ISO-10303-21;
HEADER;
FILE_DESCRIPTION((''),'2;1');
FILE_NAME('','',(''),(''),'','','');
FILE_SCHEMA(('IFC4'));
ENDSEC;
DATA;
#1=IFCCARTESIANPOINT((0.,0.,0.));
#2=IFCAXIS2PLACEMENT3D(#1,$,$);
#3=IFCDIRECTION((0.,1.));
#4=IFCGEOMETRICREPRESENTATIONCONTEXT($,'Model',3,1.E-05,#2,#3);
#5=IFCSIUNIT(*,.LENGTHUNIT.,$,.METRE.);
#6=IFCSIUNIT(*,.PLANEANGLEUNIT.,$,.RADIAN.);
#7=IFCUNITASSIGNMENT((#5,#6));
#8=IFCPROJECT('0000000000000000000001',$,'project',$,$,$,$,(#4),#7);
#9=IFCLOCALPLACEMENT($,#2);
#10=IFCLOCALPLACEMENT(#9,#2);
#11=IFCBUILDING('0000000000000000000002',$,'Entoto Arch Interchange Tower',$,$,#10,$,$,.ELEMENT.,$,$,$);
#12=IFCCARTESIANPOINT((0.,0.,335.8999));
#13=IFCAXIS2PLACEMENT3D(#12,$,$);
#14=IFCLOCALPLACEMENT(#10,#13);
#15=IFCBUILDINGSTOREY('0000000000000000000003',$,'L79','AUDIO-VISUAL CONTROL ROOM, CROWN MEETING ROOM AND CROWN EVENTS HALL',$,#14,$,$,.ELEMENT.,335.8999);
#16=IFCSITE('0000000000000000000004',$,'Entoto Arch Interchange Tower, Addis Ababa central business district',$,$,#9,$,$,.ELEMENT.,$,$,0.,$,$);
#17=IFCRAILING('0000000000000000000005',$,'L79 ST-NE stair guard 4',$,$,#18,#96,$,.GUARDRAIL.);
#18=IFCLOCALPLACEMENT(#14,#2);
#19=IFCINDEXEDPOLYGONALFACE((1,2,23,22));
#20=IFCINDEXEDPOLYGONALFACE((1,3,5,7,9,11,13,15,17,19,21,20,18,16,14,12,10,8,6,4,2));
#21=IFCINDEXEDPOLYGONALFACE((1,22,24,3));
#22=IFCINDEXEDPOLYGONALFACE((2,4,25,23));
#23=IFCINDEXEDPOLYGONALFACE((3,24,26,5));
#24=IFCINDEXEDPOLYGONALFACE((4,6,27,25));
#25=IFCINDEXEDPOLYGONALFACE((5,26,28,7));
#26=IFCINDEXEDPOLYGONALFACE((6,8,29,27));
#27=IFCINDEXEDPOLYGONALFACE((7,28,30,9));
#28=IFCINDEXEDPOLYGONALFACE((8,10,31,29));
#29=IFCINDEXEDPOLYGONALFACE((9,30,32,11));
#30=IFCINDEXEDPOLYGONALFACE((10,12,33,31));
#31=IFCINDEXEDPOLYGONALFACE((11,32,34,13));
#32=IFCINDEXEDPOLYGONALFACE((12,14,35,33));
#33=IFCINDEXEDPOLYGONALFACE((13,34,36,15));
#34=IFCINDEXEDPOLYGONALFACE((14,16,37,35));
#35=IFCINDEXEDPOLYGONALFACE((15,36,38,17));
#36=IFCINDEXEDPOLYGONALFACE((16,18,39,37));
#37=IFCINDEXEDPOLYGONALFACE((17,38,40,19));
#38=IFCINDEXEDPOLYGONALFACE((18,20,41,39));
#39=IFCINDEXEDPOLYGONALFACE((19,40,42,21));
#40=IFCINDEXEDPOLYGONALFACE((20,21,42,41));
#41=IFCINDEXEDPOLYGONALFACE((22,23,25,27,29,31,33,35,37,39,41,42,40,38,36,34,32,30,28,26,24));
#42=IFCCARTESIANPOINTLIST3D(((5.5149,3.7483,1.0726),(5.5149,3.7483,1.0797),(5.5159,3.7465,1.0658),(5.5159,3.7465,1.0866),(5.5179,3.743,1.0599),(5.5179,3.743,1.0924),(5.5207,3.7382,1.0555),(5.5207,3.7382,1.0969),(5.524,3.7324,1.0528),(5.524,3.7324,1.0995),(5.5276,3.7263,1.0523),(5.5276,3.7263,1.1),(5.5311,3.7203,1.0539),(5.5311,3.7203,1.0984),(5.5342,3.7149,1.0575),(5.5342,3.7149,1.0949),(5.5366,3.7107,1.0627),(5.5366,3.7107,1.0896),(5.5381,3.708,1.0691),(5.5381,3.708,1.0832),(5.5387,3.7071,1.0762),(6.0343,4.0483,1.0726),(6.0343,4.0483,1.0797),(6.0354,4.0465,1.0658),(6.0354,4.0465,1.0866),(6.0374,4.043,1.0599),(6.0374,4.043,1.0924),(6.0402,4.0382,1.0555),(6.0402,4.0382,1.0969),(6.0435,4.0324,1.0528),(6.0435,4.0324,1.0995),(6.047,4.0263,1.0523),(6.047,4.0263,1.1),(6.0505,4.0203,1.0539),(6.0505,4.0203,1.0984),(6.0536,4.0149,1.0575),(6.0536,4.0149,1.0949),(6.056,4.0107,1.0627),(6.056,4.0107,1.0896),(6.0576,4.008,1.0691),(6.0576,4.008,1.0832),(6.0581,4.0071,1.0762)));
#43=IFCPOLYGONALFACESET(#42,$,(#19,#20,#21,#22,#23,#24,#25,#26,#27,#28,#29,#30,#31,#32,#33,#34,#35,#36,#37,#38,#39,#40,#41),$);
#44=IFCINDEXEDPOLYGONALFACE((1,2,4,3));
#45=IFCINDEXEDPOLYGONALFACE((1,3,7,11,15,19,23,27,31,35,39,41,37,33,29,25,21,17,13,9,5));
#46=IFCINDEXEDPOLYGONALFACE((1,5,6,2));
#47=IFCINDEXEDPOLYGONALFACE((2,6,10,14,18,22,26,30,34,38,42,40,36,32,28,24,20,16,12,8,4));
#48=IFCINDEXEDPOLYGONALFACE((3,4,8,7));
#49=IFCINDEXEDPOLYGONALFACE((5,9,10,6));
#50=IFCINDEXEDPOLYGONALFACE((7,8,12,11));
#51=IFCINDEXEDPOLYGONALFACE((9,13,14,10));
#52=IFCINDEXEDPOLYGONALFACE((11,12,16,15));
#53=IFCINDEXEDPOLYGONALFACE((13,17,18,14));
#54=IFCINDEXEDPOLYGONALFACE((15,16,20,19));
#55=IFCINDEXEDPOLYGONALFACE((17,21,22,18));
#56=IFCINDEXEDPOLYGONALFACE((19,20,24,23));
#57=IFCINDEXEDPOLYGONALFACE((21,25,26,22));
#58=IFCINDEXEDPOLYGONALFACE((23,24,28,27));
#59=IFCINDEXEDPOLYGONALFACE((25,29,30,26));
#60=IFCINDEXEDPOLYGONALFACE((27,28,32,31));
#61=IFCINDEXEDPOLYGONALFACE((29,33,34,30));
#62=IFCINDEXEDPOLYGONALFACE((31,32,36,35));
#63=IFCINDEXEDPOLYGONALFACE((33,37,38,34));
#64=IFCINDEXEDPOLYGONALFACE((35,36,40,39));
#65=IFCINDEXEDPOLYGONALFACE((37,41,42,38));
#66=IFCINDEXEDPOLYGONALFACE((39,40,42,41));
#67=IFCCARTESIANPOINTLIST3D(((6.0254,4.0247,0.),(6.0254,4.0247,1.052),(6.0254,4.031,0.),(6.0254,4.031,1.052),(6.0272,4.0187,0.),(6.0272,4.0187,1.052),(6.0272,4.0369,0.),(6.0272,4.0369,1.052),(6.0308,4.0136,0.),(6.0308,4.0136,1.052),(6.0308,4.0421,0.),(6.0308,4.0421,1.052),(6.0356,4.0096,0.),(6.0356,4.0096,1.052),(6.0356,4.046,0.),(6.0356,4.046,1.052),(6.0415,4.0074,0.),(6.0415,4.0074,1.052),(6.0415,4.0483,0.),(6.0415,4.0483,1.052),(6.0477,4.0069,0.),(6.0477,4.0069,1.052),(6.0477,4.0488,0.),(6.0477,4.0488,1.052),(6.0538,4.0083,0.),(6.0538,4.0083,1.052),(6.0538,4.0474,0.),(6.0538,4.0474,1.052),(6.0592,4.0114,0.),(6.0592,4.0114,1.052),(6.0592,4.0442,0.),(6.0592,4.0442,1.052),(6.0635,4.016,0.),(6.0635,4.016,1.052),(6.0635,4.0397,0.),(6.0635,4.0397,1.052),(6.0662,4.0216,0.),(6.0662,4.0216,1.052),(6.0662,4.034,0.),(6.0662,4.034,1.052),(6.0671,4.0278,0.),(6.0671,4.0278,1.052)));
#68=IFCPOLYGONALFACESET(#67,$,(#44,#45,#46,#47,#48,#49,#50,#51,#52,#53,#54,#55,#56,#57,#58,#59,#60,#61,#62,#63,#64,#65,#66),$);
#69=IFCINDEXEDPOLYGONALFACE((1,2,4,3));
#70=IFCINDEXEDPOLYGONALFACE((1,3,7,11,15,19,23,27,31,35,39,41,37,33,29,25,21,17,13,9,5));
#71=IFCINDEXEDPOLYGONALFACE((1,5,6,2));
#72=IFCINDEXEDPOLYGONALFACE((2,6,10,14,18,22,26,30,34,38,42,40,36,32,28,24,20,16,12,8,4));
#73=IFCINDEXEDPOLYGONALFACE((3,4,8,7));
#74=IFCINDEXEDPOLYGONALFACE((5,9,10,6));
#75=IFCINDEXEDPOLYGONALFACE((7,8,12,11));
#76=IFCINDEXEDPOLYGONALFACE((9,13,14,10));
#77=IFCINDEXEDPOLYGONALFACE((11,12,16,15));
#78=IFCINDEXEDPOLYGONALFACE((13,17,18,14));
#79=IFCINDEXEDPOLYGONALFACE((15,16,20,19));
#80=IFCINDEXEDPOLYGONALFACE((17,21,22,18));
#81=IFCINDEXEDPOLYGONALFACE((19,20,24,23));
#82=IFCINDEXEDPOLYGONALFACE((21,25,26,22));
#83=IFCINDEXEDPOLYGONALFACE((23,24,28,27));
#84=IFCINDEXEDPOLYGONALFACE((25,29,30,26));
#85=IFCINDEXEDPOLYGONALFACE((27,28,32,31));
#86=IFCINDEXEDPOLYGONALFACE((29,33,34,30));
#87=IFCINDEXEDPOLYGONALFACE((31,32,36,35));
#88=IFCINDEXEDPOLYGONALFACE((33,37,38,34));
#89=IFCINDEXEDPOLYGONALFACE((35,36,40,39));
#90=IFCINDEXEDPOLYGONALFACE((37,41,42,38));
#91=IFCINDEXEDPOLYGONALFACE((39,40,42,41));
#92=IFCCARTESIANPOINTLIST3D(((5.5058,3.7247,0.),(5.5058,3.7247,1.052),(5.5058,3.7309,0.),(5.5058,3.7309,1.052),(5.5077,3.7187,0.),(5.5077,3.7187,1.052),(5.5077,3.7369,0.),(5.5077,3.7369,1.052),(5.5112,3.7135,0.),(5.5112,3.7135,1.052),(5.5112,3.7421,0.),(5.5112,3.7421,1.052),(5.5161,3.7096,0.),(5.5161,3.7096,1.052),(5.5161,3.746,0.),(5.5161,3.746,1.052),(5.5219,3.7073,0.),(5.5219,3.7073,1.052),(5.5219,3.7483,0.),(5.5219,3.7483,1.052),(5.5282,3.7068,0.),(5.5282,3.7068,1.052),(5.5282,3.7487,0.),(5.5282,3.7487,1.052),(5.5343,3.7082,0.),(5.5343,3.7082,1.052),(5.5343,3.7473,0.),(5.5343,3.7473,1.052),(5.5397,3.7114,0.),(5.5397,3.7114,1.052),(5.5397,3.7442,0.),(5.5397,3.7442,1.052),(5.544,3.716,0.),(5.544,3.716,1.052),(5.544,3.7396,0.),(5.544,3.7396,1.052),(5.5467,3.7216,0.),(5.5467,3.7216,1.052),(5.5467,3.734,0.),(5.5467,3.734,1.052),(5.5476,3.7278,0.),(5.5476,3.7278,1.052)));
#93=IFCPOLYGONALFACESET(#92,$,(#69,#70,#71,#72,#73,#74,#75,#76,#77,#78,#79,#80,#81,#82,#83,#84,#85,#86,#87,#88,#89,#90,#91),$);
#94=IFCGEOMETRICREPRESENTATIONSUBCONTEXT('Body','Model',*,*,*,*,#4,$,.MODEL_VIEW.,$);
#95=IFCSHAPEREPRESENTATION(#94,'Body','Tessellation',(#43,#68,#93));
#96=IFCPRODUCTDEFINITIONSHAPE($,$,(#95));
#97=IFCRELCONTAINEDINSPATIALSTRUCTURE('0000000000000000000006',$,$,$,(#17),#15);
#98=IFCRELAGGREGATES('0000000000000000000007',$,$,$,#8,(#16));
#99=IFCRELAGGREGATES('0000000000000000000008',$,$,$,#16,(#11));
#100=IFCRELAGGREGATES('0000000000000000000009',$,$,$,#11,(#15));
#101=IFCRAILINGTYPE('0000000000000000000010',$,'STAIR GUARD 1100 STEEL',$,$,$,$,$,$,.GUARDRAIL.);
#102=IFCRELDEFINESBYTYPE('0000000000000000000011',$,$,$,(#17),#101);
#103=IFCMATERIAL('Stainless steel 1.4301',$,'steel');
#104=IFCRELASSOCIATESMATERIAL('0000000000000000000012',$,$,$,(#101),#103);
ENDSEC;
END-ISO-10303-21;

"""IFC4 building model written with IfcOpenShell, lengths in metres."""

from ifc_helpers import new_model, si_unit, direction, frame, origin, origin_2d, place, context, subcontext, project, spatial, circle, extrude, material, type_object, element, save


model = new_model("IFC4")

# Units and contexts
model_context = context("Model", 3, precision=1e-05, world=origin(), true_north=direction((0.0, 1.0)))
body_context = subcontext(model_context, "Body", "Model", "MODEL_VIEW")
ifc_project = project(units=[si_unit("LENGTHUNIT", "METRE"), si_unit("PLANEANGLEUNIT", "RADIAN")], contexts=[model_context])

# Site, building, storey
site_placement = place(None, origin())
site = spatial("IfcSite", under=ifc_project, at=site_placement, Name="Entoto Arch Interchange Tower, Addis Ababa central business district", CompositionType="ELEMENT", RefElevation=0.0)
building_placement = place(site_placement, origin())
building = spatial("IfcBuilding", under=site, at=building_placement, Name="Entoto Arch Interchange Tower", CompositionType="ELEMENT")
storey_placement = place(building_placement, frame((0.0, 0.0, 335.8999)))
storey = spatial("IfcBuildingStorey", under=building, at=storey_placement, Name="L79", Description="AUDIO-VISUAL CONTROL ROOM, CROWN MEETING ROOM AND CROWN EVENTS HALL", CompositionType="ELEMENT", Elevation=335.8999)

# Railing
ifc_material_1 = material(Name="Stainless steel 1.4301", Category="steel")
railing_type_1 = type_object("IfcRailingType", Name="STAIR GUARD 1100 STEEL", PredefinedType="GUARDRAIL", material=ifc_material_1)
railing_1_placement = place(storey_placement, frame((6.0461, 4.0278, 0.0)))
element("IfcRailing", 1, at=railing_1_placement, inside=storey, type_object=railing_type_1, Name="L79 ST-NE stair guard 4", PredefinedType="GUARDRAIL", context=body_context, shape_type="SweptSolid", body=[
    extrude(circle(Radius=0.0239, at=origin_2d()), frame((0.0, 0.0, 1.0762), z_axis=(-0.865955, -0.500122, 0.0), x_axis=(0.500122, -0.865955, 0.0)), (0.0, 0.0, 1.0), 0.5999),
    extrude(circle(Radius=0.021, at=origin_2d()), origin(), (0.0, 0.0, 1.0), 1.052),
    extrude(circle(Radius=0.021, at=origin_2d()), frame((-0.5195, -0.3, 0.0)), (0.0, 0.0, 1.0), 1.052),
])

save(model, "model.ifc")
